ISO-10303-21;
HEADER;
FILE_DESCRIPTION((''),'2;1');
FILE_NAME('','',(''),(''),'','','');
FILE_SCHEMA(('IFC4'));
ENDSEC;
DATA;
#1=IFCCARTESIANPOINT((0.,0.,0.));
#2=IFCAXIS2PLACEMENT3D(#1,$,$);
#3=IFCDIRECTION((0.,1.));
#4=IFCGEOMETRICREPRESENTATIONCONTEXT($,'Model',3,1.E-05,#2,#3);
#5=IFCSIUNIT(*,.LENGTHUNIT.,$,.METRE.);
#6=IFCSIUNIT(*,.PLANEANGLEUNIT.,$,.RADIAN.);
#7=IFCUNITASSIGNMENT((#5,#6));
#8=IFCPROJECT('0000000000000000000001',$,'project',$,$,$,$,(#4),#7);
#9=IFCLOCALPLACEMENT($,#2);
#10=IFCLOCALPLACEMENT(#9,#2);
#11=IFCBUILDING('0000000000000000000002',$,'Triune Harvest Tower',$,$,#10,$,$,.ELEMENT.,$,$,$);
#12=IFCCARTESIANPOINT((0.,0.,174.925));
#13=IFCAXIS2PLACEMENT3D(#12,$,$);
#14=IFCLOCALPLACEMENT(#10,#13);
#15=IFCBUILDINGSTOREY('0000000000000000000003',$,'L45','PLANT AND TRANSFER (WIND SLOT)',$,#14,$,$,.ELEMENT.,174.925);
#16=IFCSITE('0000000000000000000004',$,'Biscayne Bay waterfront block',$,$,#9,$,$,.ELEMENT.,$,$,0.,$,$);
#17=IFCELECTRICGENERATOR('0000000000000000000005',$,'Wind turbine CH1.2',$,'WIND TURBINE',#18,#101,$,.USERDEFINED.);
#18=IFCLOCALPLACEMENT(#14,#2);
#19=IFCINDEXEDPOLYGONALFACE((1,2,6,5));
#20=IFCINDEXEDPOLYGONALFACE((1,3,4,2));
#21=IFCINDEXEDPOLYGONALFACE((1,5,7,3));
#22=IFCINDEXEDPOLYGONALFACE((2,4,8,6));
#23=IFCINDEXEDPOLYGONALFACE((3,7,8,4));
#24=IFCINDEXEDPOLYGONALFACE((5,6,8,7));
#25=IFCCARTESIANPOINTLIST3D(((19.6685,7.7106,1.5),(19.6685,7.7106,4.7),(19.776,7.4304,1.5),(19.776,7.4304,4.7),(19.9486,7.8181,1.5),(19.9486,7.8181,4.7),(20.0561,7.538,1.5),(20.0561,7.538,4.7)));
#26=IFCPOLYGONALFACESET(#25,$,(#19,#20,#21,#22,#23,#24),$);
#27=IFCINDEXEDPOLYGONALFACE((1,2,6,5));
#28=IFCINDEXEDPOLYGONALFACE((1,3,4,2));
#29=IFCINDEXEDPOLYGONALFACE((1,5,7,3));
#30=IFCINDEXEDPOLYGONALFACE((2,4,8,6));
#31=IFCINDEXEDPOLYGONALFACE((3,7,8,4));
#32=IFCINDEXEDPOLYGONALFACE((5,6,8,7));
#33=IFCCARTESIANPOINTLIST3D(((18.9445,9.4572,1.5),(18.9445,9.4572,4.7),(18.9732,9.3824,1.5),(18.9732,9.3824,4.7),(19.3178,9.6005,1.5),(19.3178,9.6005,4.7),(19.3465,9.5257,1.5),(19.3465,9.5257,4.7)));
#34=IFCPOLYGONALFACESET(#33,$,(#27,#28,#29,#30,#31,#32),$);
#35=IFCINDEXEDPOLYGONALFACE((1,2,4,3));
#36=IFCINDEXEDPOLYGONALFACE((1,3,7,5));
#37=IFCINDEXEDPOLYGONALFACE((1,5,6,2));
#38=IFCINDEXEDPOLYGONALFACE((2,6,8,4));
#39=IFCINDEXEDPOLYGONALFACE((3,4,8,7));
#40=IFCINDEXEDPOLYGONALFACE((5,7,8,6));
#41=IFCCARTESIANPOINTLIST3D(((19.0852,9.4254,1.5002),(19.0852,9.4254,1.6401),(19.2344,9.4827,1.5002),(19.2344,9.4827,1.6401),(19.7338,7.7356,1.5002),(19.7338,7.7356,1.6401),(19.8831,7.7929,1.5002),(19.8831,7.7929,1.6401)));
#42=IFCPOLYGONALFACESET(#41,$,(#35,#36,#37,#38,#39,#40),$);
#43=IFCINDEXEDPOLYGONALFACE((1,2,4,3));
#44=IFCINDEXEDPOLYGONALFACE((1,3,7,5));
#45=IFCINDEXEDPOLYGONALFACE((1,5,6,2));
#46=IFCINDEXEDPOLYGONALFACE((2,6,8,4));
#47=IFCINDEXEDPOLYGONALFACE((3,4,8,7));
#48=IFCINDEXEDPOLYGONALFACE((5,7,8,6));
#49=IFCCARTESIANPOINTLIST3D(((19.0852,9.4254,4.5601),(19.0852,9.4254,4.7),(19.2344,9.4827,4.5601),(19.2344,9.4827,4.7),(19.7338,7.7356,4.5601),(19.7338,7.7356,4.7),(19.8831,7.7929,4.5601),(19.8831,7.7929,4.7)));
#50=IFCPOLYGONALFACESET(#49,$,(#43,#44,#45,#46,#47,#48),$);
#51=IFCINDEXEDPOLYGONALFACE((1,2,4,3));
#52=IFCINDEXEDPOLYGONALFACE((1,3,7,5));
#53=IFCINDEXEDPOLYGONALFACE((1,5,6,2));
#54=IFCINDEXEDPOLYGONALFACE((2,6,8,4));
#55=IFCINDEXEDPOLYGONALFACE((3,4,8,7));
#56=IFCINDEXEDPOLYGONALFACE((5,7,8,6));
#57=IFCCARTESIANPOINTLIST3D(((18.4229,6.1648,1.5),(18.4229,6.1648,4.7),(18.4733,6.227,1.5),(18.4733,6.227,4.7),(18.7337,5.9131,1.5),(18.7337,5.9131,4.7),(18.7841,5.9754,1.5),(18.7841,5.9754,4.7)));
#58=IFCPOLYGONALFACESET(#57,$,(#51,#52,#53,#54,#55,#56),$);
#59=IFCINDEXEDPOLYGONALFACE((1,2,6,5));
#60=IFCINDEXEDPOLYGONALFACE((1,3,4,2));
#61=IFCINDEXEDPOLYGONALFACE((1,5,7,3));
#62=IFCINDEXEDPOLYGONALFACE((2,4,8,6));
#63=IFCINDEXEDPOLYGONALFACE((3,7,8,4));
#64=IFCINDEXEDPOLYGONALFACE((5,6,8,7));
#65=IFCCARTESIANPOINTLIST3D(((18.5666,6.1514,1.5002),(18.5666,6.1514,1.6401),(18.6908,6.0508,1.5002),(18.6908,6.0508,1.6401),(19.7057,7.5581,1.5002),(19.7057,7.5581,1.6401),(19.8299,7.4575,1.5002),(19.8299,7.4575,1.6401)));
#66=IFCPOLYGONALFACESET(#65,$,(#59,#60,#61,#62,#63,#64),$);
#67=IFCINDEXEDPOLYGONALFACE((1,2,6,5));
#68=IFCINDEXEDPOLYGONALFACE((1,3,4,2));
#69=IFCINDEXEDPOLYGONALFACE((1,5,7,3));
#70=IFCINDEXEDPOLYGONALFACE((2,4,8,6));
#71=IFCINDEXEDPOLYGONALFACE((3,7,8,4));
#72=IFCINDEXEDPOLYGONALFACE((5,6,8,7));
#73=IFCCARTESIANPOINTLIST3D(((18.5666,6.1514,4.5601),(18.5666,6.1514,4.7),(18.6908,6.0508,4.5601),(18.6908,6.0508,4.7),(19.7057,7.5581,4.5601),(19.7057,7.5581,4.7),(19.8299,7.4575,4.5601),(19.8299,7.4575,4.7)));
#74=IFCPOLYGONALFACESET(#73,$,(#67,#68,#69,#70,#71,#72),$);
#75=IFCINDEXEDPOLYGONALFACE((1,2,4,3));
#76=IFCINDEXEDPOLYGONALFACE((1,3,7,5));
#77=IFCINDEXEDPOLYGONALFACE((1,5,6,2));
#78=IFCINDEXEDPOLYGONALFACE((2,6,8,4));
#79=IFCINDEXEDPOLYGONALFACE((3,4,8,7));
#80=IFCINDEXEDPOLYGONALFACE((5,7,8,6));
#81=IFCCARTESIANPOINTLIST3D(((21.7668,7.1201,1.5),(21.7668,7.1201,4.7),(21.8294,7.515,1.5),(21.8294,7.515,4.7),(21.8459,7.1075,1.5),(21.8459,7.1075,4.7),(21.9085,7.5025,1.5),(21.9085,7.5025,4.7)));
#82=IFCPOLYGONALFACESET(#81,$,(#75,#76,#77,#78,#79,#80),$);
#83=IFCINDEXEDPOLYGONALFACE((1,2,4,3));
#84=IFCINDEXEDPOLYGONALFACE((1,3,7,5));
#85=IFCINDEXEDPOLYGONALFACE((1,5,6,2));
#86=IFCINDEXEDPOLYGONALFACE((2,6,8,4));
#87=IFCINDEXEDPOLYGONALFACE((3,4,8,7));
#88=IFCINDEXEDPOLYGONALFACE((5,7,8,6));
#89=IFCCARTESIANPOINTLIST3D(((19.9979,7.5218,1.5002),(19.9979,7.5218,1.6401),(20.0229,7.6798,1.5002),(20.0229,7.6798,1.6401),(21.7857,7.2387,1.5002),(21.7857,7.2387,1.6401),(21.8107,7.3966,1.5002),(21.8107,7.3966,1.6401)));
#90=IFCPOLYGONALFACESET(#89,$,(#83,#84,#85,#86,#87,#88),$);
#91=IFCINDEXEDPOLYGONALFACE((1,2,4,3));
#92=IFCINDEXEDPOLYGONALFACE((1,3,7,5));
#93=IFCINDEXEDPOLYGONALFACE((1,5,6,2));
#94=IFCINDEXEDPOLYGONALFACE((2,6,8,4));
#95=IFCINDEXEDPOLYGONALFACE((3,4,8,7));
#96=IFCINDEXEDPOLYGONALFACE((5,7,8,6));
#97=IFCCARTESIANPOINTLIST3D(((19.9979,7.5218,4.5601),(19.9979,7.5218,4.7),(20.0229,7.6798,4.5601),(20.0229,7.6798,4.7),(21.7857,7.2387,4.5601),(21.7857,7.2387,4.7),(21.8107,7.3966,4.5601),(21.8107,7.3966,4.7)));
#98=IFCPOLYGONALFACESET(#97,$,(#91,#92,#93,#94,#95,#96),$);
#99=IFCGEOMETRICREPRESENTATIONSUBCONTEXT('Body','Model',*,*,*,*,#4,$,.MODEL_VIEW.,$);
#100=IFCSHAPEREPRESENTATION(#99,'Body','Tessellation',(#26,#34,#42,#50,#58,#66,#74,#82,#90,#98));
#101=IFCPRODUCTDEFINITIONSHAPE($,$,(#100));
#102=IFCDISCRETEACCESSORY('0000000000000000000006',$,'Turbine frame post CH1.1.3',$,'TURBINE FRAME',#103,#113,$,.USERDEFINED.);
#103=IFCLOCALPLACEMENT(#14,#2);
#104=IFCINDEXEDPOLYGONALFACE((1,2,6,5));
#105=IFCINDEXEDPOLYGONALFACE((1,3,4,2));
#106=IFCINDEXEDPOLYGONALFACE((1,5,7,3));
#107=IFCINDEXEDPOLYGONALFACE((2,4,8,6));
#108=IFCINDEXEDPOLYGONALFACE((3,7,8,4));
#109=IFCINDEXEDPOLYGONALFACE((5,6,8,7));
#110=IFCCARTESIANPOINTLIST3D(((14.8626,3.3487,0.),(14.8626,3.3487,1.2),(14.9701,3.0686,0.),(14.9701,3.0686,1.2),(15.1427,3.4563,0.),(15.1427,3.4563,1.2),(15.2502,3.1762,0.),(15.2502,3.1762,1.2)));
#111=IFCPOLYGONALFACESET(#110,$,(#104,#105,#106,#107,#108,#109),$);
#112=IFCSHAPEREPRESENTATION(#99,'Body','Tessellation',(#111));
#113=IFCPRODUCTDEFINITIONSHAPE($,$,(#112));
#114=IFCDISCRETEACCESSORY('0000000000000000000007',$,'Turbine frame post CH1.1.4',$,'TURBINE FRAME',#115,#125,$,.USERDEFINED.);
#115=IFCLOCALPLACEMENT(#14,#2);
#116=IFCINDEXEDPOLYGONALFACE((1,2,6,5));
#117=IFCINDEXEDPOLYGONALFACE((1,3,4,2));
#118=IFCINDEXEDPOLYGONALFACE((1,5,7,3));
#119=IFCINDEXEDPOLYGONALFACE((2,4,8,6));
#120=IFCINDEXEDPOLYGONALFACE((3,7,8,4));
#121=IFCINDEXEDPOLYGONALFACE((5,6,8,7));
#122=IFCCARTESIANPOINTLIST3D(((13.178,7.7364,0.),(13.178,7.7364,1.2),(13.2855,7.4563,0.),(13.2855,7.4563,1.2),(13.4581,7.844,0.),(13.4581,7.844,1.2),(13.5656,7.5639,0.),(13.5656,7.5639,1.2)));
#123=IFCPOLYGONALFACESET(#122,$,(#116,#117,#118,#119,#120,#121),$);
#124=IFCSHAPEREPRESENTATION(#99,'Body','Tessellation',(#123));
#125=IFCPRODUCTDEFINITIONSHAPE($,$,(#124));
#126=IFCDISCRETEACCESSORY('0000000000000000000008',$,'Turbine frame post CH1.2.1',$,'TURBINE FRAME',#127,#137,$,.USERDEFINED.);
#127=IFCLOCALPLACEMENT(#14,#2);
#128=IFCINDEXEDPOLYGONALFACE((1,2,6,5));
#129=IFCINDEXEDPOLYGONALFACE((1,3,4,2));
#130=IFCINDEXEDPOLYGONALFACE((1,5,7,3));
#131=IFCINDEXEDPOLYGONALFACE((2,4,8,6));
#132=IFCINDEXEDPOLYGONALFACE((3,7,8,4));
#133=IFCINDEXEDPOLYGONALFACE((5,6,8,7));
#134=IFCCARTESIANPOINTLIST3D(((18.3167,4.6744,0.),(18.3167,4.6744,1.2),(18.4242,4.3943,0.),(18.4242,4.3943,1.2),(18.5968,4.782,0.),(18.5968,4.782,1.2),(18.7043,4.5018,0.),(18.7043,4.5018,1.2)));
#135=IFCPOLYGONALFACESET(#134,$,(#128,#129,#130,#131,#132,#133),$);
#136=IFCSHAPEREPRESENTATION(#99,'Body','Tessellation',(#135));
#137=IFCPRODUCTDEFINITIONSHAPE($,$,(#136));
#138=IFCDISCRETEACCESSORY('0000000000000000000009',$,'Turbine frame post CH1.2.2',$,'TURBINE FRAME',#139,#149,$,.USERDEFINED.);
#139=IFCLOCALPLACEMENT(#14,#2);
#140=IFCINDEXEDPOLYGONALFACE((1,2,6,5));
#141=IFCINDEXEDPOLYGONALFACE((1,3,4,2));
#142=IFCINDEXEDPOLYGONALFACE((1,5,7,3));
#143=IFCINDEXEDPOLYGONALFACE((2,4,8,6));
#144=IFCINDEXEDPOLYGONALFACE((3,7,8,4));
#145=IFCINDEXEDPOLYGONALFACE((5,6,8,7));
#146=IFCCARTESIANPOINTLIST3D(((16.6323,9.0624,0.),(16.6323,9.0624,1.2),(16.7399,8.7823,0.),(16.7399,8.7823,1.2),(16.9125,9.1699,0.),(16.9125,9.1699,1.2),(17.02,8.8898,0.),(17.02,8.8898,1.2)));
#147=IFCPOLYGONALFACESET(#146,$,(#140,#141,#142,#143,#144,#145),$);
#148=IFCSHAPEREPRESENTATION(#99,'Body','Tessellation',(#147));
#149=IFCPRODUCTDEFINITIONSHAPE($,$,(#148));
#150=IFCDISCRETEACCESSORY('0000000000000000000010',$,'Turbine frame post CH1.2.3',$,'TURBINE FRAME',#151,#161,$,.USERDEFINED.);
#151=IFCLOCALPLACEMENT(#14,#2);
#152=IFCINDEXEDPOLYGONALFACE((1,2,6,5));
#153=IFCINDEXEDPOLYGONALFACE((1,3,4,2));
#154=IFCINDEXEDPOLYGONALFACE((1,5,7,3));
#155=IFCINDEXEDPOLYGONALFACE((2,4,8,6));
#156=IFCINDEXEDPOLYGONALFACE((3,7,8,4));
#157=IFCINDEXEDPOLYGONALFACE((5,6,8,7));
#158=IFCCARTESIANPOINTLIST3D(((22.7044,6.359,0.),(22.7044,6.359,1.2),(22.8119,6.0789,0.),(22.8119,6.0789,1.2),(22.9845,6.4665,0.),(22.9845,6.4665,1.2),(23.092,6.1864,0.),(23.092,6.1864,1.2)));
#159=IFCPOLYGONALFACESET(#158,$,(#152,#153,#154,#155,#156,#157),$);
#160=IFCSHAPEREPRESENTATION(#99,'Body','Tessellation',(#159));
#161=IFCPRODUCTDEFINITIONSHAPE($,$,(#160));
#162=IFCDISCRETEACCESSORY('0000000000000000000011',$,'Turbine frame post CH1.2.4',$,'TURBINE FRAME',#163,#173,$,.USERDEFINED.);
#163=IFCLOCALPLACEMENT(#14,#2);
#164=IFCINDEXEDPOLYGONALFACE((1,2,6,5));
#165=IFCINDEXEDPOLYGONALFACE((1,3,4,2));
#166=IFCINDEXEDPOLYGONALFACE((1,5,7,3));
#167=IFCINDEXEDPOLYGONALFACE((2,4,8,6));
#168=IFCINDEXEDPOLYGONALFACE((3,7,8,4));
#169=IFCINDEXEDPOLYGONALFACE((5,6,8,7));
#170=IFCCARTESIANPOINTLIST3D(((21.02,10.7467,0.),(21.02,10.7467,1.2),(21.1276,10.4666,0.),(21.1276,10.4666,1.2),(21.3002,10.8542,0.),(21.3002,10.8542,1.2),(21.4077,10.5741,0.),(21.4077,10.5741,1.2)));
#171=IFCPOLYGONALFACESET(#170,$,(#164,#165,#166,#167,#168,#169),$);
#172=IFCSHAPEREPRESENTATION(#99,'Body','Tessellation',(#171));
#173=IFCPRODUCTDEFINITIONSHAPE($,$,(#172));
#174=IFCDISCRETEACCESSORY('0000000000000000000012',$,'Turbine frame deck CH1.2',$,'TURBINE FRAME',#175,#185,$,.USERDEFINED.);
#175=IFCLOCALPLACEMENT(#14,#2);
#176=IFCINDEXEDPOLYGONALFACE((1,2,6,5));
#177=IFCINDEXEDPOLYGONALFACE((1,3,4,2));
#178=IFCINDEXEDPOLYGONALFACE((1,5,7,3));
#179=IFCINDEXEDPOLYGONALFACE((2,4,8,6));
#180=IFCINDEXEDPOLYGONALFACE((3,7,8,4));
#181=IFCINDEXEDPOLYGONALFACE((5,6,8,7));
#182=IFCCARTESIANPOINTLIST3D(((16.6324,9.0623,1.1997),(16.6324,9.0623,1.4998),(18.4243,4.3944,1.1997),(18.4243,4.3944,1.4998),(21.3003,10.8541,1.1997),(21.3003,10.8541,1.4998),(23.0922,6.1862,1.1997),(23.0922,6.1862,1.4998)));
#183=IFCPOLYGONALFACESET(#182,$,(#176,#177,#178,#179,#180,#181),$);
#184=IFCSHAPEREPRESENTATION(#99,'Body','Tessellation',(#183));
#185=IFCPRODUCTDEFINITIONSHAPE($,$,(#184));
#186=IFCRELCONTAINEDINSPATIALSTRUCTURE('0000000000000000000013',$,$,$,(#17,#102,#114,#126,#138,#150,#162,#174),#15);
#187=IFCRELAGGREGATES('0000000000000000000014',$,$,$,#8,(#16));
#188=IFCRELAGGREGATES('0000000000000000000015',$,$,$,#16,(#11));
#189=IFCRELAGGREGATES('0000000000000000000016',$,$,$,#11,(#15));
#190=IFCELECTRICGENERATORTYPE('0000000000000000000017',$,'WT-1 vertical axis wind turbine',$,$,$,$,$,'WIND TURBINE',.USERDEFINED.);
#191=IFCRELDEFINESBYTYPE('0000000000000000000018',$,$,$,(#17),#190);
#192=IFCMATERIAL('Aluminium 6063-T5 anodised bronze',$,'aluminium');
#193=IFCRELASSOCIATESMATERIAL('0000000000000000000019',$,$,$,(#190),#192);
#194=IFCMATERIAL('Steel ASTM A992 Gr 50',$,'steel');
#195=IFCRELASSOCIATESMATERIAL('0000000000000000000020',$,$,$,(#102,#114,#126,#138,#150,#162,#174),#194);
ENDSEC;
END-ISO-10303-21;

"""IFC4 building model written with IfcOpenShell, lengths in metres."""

from ifc_helpers import new_model, si_unit, direction, frame, origin, origin_2d, place, context, subcontext, project, spatial, rectangle, extrude, source, transform, mapped, material, type_object, element, save


model = new_model("IFC4")

# Units and contexts
model_context = context("Model", 3, precision=1e-05, world=origin(), true_north=direction((0.0, 1.0)))
body_context = subcontext(model_context, "Body", "Model", "MODEL_VIEW")
ifc_project = project(units=[si_unit("LENGTHUNIT", "METRE"), si_unit("PLANEANGLEUNIT", "RADIAN")], contexts=[model_context])

# Site, building, storey
site_placement = place(None, origin())
site = spatial("IfcSite", under=ifc_project, at=site_placement, Name="Biscayne Bay waterfront block", CompositionType="ELEMENT", RefElevation=0.0)
building_placement = place(site_placement, origin())
building = spatial("IfcBuilding", under=site, at=building_placement, Name="Triune Harvest Tower", CompositionType="ELEMENT")
storey_placement = place(building_placement, frame((0.0, 0.0, 174.925)))
storey = spatial("IfcBuildingStorey", under=building, at=storey_placement, Name="L45", Description="PLANT AND TRANSFER (WIND SLOT)", CompositionType="ELEMENT", Elevation=174.925)

# Electric generator
ifc_material_1 = material(Name="Aluminium 6063-T5 anodised bronze", Category="aluminium")
electric_generator_type = type_object("IfcElectricGeneratorType", Name="WT-1 vertical axis wind turbine", ElementType="WIND TURBINE", PredefinedType="USERDEFINED", material=ifc_material_1)
electric_generator_placement = place(storey_placement, frame((19.8623, 7.6243, 1.5)))
element("IfcElectricGenerator", 1, at=electric_generator_placement, inside=storey, type_object=electric_generator_type, Name="Wind turbine CH1.2", ObjectType="WIND TURBINE", PredefinedType="USERDEFINED", context=body_context, shape_type="SweptSolid", body=[
    extrude(rectangle(XDim=0.3, YDim=0.3, at=origin_2d()), frame((0.0, 0.0, 0.0), z_axis=(0.0, 0.0, 1.0), x_axis=(0.93358, 0.358368, 0.0)), (0.0, 0.0, 1.0), 3.2),
    extrude(rectangle(XDim=0.0801, YDim=0.3999, at=origin_2d()), frame((-0.7168, 1.8672, 0.0), z_axis=(0.0, 0.0, 1.0), x_axis=(-0.358368, 0.93358, 0.0)), (0.0, 0.0, 1.0), 3.2),
    extrude(rectangle(XDim=1.8101, YDim=0.1599, at=origin_2d()), frame((-0.3782, 0.9849, 0.0002), z_axis=(0.0, 0.0, 1.0), x_axis=(-0.358368, 0.93358, 0.0)), (0.0, 0.0, 1.0), 0.1399),
    extrude(rectangle(XDim=1.8101, YDim=0.1599, at=origin_2d()), frame((-0.3782, 0.9849, 3.0601), z_axis=(0.0, 0.0, 1.0), x_axis=(-0.358368, 0.93358, 0.0)), (0.0, 0.0, 1.0), 0.1399),
    extrude(rectangle(XDim=0.0801, YDim=0.3999, at=origin_2d()), frame((-1.2588, -1.5542, 0.0), z_axis=(0.0, 0.0, 1.0), x_axis=(-0.62932, -0.777146, 0.0)), (0.0, 0.0, 1.0), 3.2),
    extrude(rectangle(XDim=1.8101, YDim=0.1599, at=origin_2d()), frame((-0.6641, -0.8198, 0.0002), z_axis=(0.0, 0.0, 1.0), x_axis=(-0.62932, -0.777146, 0.0)), (0.0, 0.0, 1.0), 0.1399),
    extrude(rectangle(XDim=1.8101, YDim=0.1599, at=origin_2d()), frame((-0.6641, -0.8198, 3.0601), z_axis=(0.0, 0.0, 1.0), x_axis=(-0.62932, -0.777146, 0.0)), (0.0, 0.0, 1.0), 0.1399),
    extrude(rectangle(XDim=0.0801, YDim=0.3999, at=origin_2d()), frame((1.9753, -0.313, 0.0), z_axis=(0.0, 0.0, 1.0), x_axis=(0.987688, -0.156434, 0.0)), (0.0, 0.0, 1.0), 3.2),
    extrude(rectangle(XDim=1.8101, YDim=0.1599, at=origin_2d()), frame((1.042, -0.165, 0.0002), z_axis=(0.0, 0.0, 1.0), x_axis=(0.987688, -0.156434, 0.0)), (0.0, 0.0, 1.0), 0.1399),
    extrude(rectangle(XDim=1.8101, YDim=0.1599, at=origin_2d()), frame((1.042, -0.165, 3.0601), z_axis=(0.0, 0.0, 1.0), x_axis=(0.987688, -0.156434, 0.0)), (0.0, 0.0, 1.0), 0.1399),
])

# Discrete accessories
ifc_material_2 = material(Name="Steel ASTM A992 Gr 50", Category="steel")
shared_shape_1 = source(origin(), body_context, "Body", "SweptSolid", [
    extrude(rectangle(XDim=0.3, YDim=0.3, at=origin_2d()), origin(), (0.0, 0.0, 1.0), 1.2),
])
for number, where, z_axis, x_axis, name in (
    (2, (15.0564, 3.2625, 0.0), (0.0, 0.0, 1.0), (0.93358, 0.358368, 0.0), "Turbine frame post CH1.1.3"),
    (3, (13.3718, 7.6501, 0.0), (0.0, 0.0, 1.0), (0.93358, 0.358368, 0.0), "Turbine frame post CH1.1.4"),
    (4, (18.5105, 4.5881, 0.0), (0.0, 0.0, 1.0), (0.93358, 0.358368, 0.0), "Turbine frame post CH1.2.1"),
    (5, (16.8262, 8.9761, 0.0), (0.0, 0.0, 1.0), (0.93358, 0.358368, 0.0), "Turbine frame post CH1.2.2"),
    (6, (22.8982, 6.2727, 0.0), (0.0, 0.0, 1.0), (0.93358, 0.358368, 0.0), "Turbine frame post CH1.2.3"),
    (7, (21.2139, 10.6604, 0.0), (0.0, 0.0, 1.0), (0.93358, 0.358368, 0.0), "Turbine frame post CH1.2.4"),
):
    element("IfcDiscreteAccessory", number, at=place(storey_placement, frame(where, z_axis=z_axis, x_axis=x_axis)), inside=storey, material=ifc_material_2, Name=name, ObjectType="TURBINE FRAME", PredefinedType="USERDEFINED", context=body_context, shape_type="MappedRepresentation", body=[
        mapped(shared_shape_1, transform((0.0, 0.0, 0.0), scale=1.0)),
    ])
shared_shape_2 = source(origin(), body_context, "Body", "SweptSolid", [
    extrude(rectangle(XDim=5.0, YDim=5.0, at=origin_2d()), origin(), (0.0, 0.0, 1.0), 0.3),
])
discrete_accessory_placement = place(storey_placement, frame((19.8623, 7.6243, 1.1997), z_axis=(0.0, 0.0, 1.0), x_axis=(0.93358, 0.358368, 0.0)))
element("IfcDiscreteAccessory", 8, at=discrete_accessory_placement, inside=storey, material=ifc_material_2, Name="Turbine frame deck CH1.2", ObjectType="TURBINE FRAME", PredefinedType="USERDEFINED", context=body_context, shape_type="MappedRepresentation", body=[
    mapped(shared_shape_2, transform((0.0, 0.0, 0.0), scale=1.0)),
])

save(model, "model.ifc")
